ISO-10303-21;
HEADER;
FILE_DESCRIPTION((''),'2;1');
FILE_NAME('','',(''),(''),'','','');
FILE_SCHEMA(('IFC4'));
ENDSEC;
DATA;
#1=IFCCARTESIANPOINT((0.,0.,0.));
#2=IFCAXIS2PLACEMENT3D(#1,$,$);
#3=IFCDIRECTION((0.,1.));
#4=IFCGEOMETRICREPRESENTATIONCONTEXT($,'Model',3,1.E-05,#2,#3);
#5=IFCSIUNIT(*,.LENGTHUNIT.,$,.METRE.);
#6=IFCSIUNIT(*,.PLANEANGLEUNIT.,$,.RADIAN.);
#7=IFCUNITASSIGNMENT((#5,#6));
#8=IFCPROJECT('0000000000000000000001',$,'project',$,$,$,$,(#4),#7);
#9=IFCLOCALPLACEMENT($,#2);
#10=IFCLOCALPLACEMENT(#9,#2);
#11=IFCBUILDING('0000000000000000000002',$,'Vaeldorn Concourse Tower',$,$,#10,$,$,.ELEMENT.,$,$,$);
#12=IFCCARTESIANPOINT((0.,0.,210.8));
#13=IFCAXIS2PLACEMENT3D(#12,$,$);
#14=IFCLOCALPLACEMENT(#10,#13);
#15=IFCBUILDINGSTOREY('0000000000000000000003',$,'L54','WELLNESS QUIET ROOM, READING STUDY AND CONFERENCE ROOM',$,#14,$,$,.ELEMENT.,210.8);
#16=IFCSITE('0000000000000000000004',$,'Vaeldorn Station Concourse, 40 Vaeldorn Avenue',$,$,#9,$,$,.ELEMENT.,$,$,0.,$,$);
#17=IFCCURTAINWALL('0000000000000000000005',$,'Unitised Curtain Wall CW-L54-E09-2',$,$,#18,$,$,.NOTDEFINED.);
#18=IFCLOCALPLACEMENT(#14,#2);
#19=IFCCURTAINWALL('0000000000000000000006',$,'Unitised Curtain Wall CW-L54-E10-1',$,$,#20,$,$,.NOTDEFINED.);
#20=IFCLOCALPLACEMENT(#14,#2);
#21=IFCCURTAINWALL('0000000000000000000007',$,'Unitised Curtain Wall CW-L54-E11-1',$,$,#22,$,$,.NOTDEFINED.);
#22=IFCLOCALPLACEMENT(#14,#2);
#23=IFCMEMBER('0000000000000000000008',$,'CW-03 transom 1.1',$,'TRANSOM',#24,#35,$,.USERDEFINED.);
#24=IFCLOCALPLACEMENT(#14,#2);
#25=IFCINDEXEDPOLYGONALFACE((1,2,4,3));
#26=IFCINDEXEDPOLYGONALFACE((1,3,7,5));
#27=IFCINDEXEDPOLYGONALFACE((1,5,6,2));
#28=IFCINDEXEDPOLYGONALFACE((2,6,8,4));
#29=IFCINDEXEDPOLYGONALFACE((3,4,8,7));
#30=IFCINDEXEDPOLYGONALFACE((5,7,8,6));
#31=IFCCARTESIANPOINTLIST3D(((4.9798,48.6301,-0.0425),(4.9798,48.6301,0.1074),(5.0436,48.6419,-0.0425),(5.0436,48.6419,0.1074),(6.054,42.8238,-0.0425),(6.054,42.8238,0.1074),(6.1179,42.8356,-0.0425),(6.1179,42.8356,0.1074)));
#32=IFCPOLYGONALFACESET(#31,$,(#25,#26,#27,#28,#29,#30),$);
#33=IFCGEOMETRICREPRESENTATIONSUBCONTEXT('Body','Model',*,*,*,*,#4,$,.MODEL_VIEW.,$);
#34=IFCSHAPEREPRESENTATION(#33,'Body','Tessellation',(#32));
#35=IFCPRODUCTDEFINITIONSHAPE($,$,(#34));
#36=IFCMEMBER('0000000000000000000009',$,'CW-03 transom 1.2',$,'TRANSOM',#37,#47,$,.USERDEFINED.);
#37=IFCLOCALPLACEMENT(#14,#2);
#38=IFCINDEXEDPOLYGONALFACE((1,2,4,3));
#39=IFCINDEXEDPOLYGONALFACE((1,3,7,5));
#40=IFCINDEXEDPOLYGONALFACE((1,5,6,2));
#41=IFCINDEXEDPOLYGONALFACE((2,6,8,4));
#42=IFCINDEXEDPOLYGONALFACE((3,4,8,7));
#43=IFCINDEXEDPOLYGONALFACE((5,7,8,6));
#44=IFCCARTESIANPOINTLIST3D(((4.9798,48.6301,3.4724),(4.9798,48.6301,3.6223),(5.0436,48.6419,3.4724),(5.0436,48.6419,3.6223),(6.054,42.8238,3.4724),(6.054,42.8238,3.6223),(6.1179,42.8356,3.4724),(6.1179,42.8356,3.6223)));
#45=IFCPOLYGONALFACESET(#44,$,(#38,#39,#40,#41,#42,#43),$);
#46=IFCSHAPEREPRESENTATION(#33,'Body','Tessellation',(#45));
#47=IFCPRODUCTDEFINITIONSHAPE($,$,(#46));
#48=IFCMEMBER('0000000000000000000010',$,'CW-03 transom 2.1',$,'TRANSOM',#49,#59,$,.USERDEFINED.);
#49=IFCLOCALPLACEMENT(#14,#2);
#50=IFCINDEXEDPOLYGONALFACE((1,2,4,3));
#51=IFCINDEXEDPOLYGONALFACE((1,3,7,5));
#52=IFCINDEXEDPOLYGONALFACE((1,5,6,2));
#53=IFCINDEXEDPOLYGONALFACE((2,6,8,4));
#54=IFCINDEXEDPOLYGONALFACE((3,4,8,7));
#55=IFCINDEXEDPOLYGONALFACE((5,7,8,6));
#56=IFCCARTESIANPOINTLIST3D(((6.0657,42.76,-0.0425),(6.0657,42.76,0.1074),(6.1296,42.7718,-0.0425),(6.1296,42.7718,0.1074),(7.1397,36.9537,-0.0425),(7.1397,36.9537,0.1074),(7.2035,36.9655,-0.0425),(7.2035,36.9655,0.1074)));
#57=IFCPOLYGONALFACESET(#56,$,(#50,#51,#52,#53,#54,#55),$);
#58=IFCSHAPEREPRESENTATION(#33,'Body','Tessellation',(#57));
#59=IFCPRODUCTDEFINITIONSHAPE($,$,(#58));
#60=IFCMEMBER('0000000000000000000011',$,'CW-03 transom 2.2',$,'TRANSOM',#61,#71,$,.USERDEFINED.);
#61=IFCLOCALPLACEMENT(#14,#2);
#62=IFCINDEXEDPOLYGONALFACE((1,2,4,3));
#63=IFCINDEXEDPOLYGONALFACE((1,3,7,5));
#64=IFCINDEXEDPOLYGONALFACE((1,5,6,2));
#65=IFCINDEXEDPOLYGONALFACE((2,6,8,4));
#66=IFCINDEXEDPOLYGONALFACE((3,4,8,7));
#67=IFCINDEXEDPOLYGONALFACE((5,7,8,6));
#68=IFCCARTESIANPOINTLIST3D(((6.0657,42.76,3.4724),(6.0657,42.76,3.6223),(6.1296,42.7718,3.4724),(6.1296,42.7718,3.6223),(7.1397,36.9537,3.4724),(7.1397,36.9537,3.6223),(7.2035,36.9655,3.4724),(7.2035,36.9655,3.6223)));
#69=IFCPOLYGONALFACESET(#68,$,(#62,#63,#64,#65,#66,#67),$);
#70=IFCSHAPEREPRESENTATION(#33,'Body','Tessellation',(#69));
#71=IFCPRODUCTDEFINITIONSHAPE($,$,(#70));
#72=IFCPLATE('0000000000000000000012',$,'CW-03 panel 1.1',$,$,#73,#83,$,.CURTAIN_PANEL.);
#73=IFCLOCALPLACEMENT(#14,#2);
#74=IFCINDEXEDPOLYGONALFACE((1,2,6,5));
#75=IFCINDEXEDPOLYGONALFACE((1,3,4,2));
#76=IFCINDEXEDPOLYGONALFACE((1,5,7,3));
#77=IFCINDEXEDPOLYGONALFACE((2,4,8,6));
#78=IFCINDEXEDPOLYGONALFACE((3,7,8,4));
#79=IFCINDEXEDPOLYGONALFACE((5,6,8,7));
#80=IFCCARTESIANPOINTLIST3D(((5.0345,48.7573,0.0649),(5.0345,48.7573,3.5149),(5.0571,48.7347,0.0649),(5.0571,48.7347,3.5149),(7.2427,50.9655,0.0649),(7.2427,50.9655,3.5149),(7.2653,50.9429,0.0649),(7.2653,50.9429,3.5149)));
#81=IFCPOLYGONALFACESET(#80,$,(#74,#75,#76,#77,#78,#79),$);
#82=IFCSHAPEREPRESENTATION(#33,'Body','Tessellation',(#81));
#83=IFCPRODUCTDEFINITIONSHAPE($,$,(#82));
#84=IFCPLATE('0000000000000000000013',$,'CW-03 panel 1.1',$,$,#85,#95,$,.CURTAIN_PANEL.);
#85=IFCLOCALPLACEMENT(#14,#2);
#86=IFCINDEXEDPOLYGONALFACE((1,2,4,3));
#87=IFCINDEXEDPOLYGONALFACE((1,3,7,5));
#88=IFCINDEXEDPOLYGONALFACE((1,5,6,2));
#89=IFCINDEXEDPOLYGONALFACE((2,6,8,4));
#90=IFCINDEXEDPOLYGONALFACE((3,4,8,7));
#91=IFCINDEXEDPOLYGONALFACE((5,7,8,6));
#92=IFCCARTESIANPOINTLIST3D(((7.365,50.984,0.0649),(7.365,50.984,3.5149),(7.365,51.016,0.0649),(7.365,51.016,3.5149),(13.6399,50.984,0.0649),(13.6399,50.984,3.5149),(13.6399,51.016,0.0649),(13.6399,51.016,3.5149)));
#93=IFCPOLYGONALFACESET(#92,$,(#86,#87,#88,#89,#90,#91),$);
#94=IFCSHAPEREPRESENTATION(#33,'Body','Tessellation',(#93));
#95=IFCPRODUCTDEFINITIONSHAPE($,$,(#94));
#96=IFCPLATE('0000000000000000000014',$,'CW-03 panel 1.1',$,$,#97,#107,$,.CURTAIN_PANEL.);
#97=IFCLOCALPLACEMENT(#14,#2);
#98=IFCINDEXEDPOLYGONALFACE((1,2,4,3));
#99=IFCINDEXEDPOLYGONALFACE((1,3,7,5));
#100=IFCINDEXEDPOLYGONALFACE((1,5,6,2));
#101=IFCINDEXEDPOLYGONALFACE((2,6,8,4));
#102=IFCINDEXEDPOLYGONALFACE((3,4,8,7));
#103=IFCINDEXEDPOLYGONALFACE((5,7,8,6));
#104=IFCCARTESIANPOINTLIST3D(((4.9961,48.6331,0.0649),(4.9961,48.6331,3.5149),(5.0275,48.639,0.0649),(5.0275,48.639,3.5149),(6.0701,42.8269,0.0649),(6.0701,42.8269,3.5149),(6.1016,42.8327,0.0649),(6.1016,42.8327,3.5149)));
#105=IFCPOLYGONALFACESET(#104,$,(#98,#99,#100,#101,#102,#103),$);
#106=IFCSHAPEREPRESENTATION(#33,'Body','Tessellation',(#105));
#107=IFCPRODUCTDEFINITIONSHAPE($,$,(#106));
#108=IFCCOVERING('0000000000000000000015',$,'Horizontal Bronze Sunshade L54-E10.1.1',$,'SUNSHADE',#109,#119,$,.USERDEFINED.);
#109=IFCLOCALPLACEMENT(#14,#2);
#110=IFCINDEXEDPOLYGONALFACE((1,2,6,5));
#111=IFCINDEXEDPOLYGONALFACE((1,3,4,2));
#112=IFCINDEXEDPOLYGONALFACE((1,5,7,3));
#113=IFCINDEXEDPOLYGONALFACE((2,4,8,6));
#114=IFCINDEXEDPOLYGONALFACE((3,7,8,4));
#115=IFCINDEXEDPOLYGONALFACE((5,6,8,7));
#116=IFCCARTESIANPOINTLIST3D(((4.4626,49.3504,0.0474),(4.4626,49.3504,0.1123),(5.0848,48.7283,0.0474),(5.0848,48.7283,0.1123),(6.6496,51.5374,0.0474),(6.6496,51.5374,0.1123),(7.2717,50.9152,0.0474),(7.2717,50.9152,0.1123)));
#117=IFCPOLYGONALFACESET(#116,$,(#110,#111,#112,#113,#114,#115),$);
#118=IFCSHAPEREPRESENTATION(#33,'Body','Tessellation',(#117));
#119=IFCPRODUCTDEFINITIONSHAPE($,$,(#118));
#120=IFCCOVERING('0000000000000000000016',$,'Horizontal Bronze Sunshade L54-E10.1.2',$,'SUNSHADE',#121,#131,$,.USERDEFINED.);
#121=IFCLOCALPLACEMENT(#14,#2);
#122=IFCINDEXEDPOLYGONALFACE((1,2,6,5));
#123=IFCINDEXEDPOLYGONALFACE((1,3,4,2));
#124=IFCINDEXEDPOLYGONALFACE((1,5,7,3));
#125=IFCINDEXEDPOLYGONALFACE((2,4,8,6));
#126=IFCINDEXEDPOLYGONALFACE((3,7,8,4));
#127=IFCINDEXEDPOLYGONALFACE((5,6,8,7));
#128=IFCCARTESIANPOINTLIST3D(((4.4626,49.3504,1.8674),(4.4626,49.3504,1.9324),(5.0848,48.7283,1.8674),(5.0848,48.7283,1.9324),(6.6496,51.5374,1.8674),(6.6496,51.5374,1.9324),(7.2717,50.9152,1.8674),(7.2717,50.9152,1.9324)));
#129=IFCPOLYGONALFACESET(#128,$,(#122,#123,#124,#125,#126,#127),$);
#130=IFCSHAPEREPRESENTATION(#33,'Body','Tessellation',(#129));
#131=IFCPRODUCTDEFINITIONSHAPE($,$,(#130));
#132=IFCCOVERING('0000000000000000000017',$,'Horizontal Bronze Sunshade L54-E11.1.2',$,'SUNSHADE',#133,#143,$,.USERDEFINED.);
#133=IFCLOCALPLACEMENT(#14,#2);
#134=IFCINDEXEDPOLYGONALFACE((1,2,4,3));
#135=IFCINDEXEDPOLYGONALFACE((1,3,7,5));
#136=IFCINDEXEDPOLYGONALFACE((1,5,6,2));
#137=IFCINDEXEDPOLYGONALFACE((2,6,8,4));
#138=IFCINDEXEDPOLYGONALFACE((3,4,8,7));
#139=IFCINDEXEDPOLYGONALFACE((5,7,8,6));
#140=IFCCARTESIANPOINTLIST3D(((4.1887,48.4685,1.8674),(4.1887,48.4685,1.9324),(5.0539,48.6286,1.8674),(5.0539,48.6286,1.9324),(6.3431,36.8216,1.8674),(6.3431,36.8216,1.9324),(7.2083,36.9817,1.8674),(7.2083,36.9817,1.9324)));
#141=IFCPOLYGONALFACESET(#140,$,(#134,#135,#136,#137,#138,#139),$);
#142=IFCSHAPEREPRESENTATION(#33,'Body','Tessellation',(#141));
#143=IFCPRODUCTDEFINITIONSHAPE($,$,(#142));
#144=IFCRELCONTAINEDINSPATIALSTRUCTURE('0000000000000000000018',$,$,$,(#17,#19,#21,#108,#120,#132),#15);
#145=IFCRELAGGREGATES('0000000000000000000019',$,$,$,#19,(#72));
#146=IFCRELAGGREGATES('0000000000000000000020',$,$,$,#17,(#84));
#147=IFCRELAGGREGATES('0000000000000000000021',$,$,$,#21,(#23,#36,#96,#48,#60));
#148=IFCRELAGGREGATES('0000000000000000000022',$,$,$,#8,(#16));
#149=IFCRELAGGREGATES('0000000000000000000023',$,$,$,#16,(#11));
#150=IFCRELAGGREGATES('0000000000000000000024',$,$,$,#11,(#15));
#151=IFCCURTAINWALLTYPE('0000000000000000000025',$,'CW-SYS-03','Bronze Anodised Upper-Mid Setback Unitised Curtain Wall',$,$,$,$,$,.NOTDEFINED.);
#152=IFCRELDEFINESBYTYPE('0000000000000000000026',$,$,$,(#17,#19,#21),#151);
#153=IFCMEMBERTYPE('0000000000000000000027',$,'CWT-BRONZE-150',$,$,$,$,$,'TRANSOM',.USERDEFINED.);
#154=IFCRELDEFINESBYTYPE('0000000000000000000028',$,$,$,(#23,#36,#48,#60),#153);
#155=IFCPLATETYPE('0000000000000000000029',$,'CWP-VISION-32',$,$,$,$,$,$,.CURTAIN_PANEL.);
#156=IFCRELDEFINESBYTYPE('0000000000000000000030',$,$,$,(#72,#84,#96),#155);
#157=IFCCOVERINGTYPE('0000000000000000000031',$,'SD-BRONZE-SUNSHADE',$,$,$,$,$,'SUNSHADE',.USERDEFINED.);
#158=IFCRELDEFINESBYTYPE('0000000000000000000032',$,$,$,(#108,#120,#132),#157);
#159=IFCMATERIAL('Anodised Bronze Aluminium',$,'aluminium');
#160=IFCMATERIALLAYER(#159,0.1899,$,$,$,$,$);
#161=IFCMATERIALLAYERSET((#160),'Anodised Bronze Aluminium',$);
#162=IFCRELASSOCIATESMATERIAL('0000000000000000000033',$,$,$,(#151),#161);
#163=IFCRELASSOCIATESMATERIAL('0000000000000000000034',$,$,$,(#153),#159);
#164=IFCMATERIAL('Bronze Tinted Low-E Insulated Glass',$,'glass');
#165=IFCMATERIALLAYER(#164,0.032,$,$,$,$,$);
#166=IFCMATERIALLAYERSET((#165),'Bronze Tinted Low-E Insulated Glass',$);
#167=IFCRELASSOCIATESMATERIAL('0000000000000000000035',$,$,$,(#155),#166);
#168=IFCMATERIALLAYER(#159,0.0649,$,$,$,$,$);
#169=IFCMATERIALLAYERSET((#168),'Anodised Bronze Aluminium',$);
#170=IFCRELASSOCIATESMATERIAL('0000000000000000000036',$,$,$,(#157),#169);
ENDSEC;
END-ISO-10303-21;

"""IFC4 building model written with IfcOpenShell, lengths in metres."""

from ifc_helpers import new_model, si_unit, direction, frame, origin, origin_2d, place, context, subcontext, project, spatial, rectangle, extrude, source, transform, mapped, material, layer, layer_set, material_profile, profile_set, type_object, element, aggregate, save


model = new_model("IFC4")

# Units and contexts
model_context = context("Model", 3, precision=1e-05, world=origin(), true_north=direction((0.0, 1.0)))
body_context = subcontext(model_context, "Body", "Model", "MODEL_VIEW")
ifc_project = project(units=[si_unit("LENGTHUNIT", "METRE"), si_unit("PLANEANGLEUNIT", "RADIAN")], contexts=[model_context])

# Site, building, storey
site_placement = place(None, origin())
site = spatial("IfcSite", under=ifc_project, at=site_placement, Name="Vaeldorn Station Concourse, 40 Vaeldorn Avenue", CompositionType="ELEMENT", RefElevation=0.0)
building_placement = place(site_placement, origin())
building = spatial("IfcBuilding", under=site, at=building_placement, Name="Vaeldorn Concourse Tower", CompositionType="ELEMENT")
storey_placement = place(building_placement, frame((0.0, 0.0, 210.8)))
storey = spatial("IfcBuildingStorey", under=building, at=storey_placement, Name="L54", Description="WELLNESS QUIET ROOM, READING STUDY AND CONFERENCE ROOM", CompositionType="ELEMENT", Elevation=210.8)

# Curtain walls
ifc_material_1 = material(Name="Anodised Bronze Aluminium", Category="aluminium")
ifc_layer_1 = layer(ifc_material_1, 0.1899)
ifc_layer_set_1 = layer_set([ifc_layer_1], Name="Anodised Bronze Aluminium")
curtain_wall_type = type_object("IfcCurtainWallType", Name="CW-SYS-03", Description="Bronze Anodised Upper-Mid Setback Unitised Curtain Wall", PredefinedType="NOTDEFINED", material=ifc_layer_set_1)
curtain_wall_1_placement = place(storey_placement, origin())
curtain_wall_1 = element("IfcCurtainWall", 1, at=curtain_wall_1_placement, inside=storey, type_object=curtain_wall_type, Name="Unitised Curtain Wall CW-L54-E09-2", PredefinedType="NOTDEFINED")
curtain_wall_2_placement = place(storey_placement, origin())
curtain_wall_2 = element("IfcCurtainWall", 2, at=curtain_wall_2_placement, inside=storey, type_object=curtain_wall_type, Name="Unitised Curtain Wall CW-L54-E10-1", PredefinedType="NOTDEFINED")
curtain_wall_3_placement = place(storey_placement, origin())
curtain_wall_3 = element("IfcCurtainWall", 3, at=curtain_wall_3_placement, inside=storey, type_object=curtain_wall_type, Name="Unitised Curtain Wall CW-L54-E11-1", PredefinedType="NOTDEFINED")

# Members
ifc_material_profile_1 = material_profile(ifc_material_1, rectangle(XDim=0.0649, YDim=0.1499, at=origin_2d()), Name="CWT 65x150")
ifc_profile_set_1 = profile_set([ifc_material_profile_1], Name="Anodised Bronze Aluminium")
member_type_1 = type_object("IfcMemberType", Name="CWT-BRONZE-150", ElementType="TRANSOM", PredefinedType="USERDEFINED", material=ifc_profile_set_1)
shared_shape_1 = source(origin(), body_context, "Body", "SweptSolid", [
    extrude(rectangle(XDim=0.0649, YDim=0.1499, at=origin_2d()), origin(), (0.0, 0.0, 1.0), 5.9048),
])
member_1_placement = place(storey_placement, frame((5.0117, 48.636, 0.0325), z_axis=(0.181926, -0.983312, 0.0), x_axis=(0.983312, 0.181926, 0.0)))
member_1 = element("IfcMember", 4, at=member_1_placement, type_object=member_type_1, Name="CW-03 transom 1.1", ObjectType="TRANSOM", PredefinedType="USERDEFINED", context=body_context, shape_type="MappedRepresentation", body=[
    mapped(shared_shape_1, transform((0.0, 0.0, 0.0), scale=1.0)),
])
member_2_placement = place(storey_placement, frame((5.0117, 48.636, 3.5474), z_axis=(0.181926, -0.983312, 0.0), x_axis=(0.983312, 0.181926, 0.0)))
member_2 = element("IfcMember", 5, at=member_2_placement, type_object=member_type_1, Name="CW-03 transom 1.2", ObjectType="TRANSOM", PredefinedType="USERDEFINED", context=body_context, shape_type="MappedRepresentation", body=[
    mapped(shared_shape_1, transform((0.0, 0.0, 0.0), scale=1.0)),
])
member_3_placement = place(storey_placement, frame((6.0977, 42.7659, 0.0325), z_axis=(0.181879, -0.983321, 0.0), x_axis=(0.983321, 0.181879, 0.0)))
member_3 = element("IfcMember", 6, at=member_3_placement, type_object=member_type_1, Name="CW-03 transom 2.1", ObjectType="TRANSOM", PredefinedType="USERDEFINED", context=body_context, shape_type="MappedRepresentation", body=[
    mapped(shared_shape_1, transform((0.0, 0.0, 0.0), scale=1.0)),
])
member_4_placement = place(storey_placement, frame((6.0977, 42.7659, 3.5474), z_axis=(0.181879, -0.983321, 0.0), x_axis=(0.983321, 0.181879, 0.0)))
member_4 = element("IfcMember", 7, at=member_4_placement, type_object=member_type_1, Name="CW-03 transom 2.2", ObjectType="TRANSOM", PredefinedType="USERDEFINED", context=body_context, shape_type="MappedRepresentation", body=[
    mapped(shared_shape_1, transform((0.0, 0.0, 0.0), scale=1.0)),
])

# Plates
ifc_material_2 = material(Name="Bronze Tinted Low-E Insulated Glass", Category="glass")
ifc_layer_2 = layer(ifc_material_2, 0.032)
ifc_layer_set_2 = layer_set([ifc_layer_2], Name="Bronze Tinted Low-E Insulated Glass")
plate_type = type_object("IfcPlateType", Name="CWP-VISION-32", PredefinedType="CURTAIN_PANEL", material=ifc_layer_set_2)
shared_shape_2 = source(origin(), body_context, "Body", "SweptSolid", [
    extrude(rectangle(XDim=3.1228, YDim=0.032, at=origin_2d()), origin(), (0.0, 0.0, 1.0), 3.45),
])
plate_1_placement = place(storey_placement, frame((6.1499, 49.8501, 0.0649), z_axis=(0.0, 0.0, 1.0), x_axis=(-0.707107, -0.707107, 0.0)))
plate_1 = element("IfcPlate", 8, at=plate_1_placement, type_object=plate_type, Name="CW-03 panel 1.1", PredefinedType="CURTAIN_PANEL", context=body_context, shape_type="MappedRepresentation", body=[
    mapped(shared_shape_2, transform((0.0, 0.0, 0.0), scale=1.0)),
])
aggregate(curtain_wall_2, [plate_1])
shared_shape_3 = source(origin(), body_context, "Body", "SweptSolid", [
    extrude(rectangle(XDim=6.2749, YDim=0.032, at=origin_2d()), origin(), (0.0, 0.0, 1.0), 3.45),
])
plate_2_placement = place(storey_placement, frame((10.5024, 51.0, 0.0649), z_axis=(0.0, 0.0, 1.0), x_axis=(-1.0, 0.0, 0.0)))
plate_2 = element("IfcPlate", 9, at=plate_2_placement, type_object=plate_type, Name="CW-03 panel 1.1", PredefinedType="CURTAIN_PANEL", context=body_context, shape_type="MappedRepresentation", body=[
    mapped(shared_shape_3, transform((0.0, 0.0, 0.0), scale=1.0)),
])
aggregate(curtain_wall_1, [plate_2])
shared_shape_4 = source(origin(), body_context, "Body", "SweptSolid", [
    extrude(rectangle(XDim=5.9048, YDim=0.032, at=origin_2d()), origin(), (0.0, 0.0, 1.0), 3.45),
])
plate_3_placement = place(storey_placement, frame((5.5488, 45.7329, 0.0649), z_axis=(0.0, 0.0, 1.0), x_axis=(0.181888, -0.983319, 0.0)))
plate_3 = element("IfcPlate", 10, at=plate_3_placement, type_object=plate_type, Name="CW-03 panel 1.1", PredefinedType="CURTAIN_PANEL", context=body_context, shape_type="MappedRepresentation", body=[
    mapped(shared_shape_4, transform((0.0, 0.0, 0.0), scale=1.0)),
])
aggregate(curtain_wall_3, [member_1, member_2, plate_3, member_3, member_4])

# Coverings
ifc_layer_3 = layer(ifc_material_1, 0.0649)
ifc_layer_set_3 = layer_set([ifc_layer_3], Name="Anodised Bronze Aluminium")
covering_type = type_object("IfcCoveringType", Name="SD-BRONZE-SUNSHADE", ElementType="SUNSHADE", PredefinedType="USERDEFINED", material=ifc_layer_set_3)
shared_shape_5 = source(origin(), body_context, "Body", "SweptSolid", [
    extrude(rectangle(XDim=3.0928, YDim=0.8799, at=origin_2d()), origin(), (0.0, 0.0, 1.0), 0.0649),
])
for number, where, z_axis, x_axis, name in (
    (11, (5.8672, 50.1328, 0.0474), (0.0, 0.0, 1.0), (-0.707107, -0.707107, 0.0), "Horizontal Bronze Sunshade L54-E10.1.1"),
    (12, (5.8672, 50.1328, 1.8674), (0.0, 0.0, 1.0), (-0.707107, -0.707107, 0.0), "Horizontal Bronze Sunshade L54-E10.1.2"),
):
    element("IfcCovering", number, at=place(storey_placement, frame(where, z_axis=z_axis, x_axis=x_axis)), inside=storey, type_object=covering_type, Name=name, ObjectType="SUNSHADE", PredefinedType="USERDEFINED", context=body_context, shape_type="MappedRepresentation", body=[
        mapped(shared_shape_5, transform((0.0, 0.0, 0.0), scale=1.0)),
    ])
shared_shape_6 = source(origin(), body_context, "Body", "SweptSolid", [
    extrude(rectangle(XDim=11.8445, YDim=0.8799, at=origin_2d()), origin(), (0.0, 0.0, 1.0), 0.0649),
])
covering_placement = place(storey_placement, frame((5.6985, 42.7251, 1.8674), z_axis=(0.0, 0.0, 1.0), x_axis=(0.181892, -0.983318, 0.0)))
element("IfcCovering", 13, at=covering_placement, inside=storey, type_object=covering_type, Name="Horizontal Bronze Sunshade L54-E11.1.2", ObjectType="SUNSHADE", PredefinedType="USERDEFINED", context=body_context, shape_type="MappedRepresentation", body=[
    mapped(shared_shape_6, transform((0.0, 0.0, 0.0), scale=1.0)),
])

save(model, "model.ifc")
